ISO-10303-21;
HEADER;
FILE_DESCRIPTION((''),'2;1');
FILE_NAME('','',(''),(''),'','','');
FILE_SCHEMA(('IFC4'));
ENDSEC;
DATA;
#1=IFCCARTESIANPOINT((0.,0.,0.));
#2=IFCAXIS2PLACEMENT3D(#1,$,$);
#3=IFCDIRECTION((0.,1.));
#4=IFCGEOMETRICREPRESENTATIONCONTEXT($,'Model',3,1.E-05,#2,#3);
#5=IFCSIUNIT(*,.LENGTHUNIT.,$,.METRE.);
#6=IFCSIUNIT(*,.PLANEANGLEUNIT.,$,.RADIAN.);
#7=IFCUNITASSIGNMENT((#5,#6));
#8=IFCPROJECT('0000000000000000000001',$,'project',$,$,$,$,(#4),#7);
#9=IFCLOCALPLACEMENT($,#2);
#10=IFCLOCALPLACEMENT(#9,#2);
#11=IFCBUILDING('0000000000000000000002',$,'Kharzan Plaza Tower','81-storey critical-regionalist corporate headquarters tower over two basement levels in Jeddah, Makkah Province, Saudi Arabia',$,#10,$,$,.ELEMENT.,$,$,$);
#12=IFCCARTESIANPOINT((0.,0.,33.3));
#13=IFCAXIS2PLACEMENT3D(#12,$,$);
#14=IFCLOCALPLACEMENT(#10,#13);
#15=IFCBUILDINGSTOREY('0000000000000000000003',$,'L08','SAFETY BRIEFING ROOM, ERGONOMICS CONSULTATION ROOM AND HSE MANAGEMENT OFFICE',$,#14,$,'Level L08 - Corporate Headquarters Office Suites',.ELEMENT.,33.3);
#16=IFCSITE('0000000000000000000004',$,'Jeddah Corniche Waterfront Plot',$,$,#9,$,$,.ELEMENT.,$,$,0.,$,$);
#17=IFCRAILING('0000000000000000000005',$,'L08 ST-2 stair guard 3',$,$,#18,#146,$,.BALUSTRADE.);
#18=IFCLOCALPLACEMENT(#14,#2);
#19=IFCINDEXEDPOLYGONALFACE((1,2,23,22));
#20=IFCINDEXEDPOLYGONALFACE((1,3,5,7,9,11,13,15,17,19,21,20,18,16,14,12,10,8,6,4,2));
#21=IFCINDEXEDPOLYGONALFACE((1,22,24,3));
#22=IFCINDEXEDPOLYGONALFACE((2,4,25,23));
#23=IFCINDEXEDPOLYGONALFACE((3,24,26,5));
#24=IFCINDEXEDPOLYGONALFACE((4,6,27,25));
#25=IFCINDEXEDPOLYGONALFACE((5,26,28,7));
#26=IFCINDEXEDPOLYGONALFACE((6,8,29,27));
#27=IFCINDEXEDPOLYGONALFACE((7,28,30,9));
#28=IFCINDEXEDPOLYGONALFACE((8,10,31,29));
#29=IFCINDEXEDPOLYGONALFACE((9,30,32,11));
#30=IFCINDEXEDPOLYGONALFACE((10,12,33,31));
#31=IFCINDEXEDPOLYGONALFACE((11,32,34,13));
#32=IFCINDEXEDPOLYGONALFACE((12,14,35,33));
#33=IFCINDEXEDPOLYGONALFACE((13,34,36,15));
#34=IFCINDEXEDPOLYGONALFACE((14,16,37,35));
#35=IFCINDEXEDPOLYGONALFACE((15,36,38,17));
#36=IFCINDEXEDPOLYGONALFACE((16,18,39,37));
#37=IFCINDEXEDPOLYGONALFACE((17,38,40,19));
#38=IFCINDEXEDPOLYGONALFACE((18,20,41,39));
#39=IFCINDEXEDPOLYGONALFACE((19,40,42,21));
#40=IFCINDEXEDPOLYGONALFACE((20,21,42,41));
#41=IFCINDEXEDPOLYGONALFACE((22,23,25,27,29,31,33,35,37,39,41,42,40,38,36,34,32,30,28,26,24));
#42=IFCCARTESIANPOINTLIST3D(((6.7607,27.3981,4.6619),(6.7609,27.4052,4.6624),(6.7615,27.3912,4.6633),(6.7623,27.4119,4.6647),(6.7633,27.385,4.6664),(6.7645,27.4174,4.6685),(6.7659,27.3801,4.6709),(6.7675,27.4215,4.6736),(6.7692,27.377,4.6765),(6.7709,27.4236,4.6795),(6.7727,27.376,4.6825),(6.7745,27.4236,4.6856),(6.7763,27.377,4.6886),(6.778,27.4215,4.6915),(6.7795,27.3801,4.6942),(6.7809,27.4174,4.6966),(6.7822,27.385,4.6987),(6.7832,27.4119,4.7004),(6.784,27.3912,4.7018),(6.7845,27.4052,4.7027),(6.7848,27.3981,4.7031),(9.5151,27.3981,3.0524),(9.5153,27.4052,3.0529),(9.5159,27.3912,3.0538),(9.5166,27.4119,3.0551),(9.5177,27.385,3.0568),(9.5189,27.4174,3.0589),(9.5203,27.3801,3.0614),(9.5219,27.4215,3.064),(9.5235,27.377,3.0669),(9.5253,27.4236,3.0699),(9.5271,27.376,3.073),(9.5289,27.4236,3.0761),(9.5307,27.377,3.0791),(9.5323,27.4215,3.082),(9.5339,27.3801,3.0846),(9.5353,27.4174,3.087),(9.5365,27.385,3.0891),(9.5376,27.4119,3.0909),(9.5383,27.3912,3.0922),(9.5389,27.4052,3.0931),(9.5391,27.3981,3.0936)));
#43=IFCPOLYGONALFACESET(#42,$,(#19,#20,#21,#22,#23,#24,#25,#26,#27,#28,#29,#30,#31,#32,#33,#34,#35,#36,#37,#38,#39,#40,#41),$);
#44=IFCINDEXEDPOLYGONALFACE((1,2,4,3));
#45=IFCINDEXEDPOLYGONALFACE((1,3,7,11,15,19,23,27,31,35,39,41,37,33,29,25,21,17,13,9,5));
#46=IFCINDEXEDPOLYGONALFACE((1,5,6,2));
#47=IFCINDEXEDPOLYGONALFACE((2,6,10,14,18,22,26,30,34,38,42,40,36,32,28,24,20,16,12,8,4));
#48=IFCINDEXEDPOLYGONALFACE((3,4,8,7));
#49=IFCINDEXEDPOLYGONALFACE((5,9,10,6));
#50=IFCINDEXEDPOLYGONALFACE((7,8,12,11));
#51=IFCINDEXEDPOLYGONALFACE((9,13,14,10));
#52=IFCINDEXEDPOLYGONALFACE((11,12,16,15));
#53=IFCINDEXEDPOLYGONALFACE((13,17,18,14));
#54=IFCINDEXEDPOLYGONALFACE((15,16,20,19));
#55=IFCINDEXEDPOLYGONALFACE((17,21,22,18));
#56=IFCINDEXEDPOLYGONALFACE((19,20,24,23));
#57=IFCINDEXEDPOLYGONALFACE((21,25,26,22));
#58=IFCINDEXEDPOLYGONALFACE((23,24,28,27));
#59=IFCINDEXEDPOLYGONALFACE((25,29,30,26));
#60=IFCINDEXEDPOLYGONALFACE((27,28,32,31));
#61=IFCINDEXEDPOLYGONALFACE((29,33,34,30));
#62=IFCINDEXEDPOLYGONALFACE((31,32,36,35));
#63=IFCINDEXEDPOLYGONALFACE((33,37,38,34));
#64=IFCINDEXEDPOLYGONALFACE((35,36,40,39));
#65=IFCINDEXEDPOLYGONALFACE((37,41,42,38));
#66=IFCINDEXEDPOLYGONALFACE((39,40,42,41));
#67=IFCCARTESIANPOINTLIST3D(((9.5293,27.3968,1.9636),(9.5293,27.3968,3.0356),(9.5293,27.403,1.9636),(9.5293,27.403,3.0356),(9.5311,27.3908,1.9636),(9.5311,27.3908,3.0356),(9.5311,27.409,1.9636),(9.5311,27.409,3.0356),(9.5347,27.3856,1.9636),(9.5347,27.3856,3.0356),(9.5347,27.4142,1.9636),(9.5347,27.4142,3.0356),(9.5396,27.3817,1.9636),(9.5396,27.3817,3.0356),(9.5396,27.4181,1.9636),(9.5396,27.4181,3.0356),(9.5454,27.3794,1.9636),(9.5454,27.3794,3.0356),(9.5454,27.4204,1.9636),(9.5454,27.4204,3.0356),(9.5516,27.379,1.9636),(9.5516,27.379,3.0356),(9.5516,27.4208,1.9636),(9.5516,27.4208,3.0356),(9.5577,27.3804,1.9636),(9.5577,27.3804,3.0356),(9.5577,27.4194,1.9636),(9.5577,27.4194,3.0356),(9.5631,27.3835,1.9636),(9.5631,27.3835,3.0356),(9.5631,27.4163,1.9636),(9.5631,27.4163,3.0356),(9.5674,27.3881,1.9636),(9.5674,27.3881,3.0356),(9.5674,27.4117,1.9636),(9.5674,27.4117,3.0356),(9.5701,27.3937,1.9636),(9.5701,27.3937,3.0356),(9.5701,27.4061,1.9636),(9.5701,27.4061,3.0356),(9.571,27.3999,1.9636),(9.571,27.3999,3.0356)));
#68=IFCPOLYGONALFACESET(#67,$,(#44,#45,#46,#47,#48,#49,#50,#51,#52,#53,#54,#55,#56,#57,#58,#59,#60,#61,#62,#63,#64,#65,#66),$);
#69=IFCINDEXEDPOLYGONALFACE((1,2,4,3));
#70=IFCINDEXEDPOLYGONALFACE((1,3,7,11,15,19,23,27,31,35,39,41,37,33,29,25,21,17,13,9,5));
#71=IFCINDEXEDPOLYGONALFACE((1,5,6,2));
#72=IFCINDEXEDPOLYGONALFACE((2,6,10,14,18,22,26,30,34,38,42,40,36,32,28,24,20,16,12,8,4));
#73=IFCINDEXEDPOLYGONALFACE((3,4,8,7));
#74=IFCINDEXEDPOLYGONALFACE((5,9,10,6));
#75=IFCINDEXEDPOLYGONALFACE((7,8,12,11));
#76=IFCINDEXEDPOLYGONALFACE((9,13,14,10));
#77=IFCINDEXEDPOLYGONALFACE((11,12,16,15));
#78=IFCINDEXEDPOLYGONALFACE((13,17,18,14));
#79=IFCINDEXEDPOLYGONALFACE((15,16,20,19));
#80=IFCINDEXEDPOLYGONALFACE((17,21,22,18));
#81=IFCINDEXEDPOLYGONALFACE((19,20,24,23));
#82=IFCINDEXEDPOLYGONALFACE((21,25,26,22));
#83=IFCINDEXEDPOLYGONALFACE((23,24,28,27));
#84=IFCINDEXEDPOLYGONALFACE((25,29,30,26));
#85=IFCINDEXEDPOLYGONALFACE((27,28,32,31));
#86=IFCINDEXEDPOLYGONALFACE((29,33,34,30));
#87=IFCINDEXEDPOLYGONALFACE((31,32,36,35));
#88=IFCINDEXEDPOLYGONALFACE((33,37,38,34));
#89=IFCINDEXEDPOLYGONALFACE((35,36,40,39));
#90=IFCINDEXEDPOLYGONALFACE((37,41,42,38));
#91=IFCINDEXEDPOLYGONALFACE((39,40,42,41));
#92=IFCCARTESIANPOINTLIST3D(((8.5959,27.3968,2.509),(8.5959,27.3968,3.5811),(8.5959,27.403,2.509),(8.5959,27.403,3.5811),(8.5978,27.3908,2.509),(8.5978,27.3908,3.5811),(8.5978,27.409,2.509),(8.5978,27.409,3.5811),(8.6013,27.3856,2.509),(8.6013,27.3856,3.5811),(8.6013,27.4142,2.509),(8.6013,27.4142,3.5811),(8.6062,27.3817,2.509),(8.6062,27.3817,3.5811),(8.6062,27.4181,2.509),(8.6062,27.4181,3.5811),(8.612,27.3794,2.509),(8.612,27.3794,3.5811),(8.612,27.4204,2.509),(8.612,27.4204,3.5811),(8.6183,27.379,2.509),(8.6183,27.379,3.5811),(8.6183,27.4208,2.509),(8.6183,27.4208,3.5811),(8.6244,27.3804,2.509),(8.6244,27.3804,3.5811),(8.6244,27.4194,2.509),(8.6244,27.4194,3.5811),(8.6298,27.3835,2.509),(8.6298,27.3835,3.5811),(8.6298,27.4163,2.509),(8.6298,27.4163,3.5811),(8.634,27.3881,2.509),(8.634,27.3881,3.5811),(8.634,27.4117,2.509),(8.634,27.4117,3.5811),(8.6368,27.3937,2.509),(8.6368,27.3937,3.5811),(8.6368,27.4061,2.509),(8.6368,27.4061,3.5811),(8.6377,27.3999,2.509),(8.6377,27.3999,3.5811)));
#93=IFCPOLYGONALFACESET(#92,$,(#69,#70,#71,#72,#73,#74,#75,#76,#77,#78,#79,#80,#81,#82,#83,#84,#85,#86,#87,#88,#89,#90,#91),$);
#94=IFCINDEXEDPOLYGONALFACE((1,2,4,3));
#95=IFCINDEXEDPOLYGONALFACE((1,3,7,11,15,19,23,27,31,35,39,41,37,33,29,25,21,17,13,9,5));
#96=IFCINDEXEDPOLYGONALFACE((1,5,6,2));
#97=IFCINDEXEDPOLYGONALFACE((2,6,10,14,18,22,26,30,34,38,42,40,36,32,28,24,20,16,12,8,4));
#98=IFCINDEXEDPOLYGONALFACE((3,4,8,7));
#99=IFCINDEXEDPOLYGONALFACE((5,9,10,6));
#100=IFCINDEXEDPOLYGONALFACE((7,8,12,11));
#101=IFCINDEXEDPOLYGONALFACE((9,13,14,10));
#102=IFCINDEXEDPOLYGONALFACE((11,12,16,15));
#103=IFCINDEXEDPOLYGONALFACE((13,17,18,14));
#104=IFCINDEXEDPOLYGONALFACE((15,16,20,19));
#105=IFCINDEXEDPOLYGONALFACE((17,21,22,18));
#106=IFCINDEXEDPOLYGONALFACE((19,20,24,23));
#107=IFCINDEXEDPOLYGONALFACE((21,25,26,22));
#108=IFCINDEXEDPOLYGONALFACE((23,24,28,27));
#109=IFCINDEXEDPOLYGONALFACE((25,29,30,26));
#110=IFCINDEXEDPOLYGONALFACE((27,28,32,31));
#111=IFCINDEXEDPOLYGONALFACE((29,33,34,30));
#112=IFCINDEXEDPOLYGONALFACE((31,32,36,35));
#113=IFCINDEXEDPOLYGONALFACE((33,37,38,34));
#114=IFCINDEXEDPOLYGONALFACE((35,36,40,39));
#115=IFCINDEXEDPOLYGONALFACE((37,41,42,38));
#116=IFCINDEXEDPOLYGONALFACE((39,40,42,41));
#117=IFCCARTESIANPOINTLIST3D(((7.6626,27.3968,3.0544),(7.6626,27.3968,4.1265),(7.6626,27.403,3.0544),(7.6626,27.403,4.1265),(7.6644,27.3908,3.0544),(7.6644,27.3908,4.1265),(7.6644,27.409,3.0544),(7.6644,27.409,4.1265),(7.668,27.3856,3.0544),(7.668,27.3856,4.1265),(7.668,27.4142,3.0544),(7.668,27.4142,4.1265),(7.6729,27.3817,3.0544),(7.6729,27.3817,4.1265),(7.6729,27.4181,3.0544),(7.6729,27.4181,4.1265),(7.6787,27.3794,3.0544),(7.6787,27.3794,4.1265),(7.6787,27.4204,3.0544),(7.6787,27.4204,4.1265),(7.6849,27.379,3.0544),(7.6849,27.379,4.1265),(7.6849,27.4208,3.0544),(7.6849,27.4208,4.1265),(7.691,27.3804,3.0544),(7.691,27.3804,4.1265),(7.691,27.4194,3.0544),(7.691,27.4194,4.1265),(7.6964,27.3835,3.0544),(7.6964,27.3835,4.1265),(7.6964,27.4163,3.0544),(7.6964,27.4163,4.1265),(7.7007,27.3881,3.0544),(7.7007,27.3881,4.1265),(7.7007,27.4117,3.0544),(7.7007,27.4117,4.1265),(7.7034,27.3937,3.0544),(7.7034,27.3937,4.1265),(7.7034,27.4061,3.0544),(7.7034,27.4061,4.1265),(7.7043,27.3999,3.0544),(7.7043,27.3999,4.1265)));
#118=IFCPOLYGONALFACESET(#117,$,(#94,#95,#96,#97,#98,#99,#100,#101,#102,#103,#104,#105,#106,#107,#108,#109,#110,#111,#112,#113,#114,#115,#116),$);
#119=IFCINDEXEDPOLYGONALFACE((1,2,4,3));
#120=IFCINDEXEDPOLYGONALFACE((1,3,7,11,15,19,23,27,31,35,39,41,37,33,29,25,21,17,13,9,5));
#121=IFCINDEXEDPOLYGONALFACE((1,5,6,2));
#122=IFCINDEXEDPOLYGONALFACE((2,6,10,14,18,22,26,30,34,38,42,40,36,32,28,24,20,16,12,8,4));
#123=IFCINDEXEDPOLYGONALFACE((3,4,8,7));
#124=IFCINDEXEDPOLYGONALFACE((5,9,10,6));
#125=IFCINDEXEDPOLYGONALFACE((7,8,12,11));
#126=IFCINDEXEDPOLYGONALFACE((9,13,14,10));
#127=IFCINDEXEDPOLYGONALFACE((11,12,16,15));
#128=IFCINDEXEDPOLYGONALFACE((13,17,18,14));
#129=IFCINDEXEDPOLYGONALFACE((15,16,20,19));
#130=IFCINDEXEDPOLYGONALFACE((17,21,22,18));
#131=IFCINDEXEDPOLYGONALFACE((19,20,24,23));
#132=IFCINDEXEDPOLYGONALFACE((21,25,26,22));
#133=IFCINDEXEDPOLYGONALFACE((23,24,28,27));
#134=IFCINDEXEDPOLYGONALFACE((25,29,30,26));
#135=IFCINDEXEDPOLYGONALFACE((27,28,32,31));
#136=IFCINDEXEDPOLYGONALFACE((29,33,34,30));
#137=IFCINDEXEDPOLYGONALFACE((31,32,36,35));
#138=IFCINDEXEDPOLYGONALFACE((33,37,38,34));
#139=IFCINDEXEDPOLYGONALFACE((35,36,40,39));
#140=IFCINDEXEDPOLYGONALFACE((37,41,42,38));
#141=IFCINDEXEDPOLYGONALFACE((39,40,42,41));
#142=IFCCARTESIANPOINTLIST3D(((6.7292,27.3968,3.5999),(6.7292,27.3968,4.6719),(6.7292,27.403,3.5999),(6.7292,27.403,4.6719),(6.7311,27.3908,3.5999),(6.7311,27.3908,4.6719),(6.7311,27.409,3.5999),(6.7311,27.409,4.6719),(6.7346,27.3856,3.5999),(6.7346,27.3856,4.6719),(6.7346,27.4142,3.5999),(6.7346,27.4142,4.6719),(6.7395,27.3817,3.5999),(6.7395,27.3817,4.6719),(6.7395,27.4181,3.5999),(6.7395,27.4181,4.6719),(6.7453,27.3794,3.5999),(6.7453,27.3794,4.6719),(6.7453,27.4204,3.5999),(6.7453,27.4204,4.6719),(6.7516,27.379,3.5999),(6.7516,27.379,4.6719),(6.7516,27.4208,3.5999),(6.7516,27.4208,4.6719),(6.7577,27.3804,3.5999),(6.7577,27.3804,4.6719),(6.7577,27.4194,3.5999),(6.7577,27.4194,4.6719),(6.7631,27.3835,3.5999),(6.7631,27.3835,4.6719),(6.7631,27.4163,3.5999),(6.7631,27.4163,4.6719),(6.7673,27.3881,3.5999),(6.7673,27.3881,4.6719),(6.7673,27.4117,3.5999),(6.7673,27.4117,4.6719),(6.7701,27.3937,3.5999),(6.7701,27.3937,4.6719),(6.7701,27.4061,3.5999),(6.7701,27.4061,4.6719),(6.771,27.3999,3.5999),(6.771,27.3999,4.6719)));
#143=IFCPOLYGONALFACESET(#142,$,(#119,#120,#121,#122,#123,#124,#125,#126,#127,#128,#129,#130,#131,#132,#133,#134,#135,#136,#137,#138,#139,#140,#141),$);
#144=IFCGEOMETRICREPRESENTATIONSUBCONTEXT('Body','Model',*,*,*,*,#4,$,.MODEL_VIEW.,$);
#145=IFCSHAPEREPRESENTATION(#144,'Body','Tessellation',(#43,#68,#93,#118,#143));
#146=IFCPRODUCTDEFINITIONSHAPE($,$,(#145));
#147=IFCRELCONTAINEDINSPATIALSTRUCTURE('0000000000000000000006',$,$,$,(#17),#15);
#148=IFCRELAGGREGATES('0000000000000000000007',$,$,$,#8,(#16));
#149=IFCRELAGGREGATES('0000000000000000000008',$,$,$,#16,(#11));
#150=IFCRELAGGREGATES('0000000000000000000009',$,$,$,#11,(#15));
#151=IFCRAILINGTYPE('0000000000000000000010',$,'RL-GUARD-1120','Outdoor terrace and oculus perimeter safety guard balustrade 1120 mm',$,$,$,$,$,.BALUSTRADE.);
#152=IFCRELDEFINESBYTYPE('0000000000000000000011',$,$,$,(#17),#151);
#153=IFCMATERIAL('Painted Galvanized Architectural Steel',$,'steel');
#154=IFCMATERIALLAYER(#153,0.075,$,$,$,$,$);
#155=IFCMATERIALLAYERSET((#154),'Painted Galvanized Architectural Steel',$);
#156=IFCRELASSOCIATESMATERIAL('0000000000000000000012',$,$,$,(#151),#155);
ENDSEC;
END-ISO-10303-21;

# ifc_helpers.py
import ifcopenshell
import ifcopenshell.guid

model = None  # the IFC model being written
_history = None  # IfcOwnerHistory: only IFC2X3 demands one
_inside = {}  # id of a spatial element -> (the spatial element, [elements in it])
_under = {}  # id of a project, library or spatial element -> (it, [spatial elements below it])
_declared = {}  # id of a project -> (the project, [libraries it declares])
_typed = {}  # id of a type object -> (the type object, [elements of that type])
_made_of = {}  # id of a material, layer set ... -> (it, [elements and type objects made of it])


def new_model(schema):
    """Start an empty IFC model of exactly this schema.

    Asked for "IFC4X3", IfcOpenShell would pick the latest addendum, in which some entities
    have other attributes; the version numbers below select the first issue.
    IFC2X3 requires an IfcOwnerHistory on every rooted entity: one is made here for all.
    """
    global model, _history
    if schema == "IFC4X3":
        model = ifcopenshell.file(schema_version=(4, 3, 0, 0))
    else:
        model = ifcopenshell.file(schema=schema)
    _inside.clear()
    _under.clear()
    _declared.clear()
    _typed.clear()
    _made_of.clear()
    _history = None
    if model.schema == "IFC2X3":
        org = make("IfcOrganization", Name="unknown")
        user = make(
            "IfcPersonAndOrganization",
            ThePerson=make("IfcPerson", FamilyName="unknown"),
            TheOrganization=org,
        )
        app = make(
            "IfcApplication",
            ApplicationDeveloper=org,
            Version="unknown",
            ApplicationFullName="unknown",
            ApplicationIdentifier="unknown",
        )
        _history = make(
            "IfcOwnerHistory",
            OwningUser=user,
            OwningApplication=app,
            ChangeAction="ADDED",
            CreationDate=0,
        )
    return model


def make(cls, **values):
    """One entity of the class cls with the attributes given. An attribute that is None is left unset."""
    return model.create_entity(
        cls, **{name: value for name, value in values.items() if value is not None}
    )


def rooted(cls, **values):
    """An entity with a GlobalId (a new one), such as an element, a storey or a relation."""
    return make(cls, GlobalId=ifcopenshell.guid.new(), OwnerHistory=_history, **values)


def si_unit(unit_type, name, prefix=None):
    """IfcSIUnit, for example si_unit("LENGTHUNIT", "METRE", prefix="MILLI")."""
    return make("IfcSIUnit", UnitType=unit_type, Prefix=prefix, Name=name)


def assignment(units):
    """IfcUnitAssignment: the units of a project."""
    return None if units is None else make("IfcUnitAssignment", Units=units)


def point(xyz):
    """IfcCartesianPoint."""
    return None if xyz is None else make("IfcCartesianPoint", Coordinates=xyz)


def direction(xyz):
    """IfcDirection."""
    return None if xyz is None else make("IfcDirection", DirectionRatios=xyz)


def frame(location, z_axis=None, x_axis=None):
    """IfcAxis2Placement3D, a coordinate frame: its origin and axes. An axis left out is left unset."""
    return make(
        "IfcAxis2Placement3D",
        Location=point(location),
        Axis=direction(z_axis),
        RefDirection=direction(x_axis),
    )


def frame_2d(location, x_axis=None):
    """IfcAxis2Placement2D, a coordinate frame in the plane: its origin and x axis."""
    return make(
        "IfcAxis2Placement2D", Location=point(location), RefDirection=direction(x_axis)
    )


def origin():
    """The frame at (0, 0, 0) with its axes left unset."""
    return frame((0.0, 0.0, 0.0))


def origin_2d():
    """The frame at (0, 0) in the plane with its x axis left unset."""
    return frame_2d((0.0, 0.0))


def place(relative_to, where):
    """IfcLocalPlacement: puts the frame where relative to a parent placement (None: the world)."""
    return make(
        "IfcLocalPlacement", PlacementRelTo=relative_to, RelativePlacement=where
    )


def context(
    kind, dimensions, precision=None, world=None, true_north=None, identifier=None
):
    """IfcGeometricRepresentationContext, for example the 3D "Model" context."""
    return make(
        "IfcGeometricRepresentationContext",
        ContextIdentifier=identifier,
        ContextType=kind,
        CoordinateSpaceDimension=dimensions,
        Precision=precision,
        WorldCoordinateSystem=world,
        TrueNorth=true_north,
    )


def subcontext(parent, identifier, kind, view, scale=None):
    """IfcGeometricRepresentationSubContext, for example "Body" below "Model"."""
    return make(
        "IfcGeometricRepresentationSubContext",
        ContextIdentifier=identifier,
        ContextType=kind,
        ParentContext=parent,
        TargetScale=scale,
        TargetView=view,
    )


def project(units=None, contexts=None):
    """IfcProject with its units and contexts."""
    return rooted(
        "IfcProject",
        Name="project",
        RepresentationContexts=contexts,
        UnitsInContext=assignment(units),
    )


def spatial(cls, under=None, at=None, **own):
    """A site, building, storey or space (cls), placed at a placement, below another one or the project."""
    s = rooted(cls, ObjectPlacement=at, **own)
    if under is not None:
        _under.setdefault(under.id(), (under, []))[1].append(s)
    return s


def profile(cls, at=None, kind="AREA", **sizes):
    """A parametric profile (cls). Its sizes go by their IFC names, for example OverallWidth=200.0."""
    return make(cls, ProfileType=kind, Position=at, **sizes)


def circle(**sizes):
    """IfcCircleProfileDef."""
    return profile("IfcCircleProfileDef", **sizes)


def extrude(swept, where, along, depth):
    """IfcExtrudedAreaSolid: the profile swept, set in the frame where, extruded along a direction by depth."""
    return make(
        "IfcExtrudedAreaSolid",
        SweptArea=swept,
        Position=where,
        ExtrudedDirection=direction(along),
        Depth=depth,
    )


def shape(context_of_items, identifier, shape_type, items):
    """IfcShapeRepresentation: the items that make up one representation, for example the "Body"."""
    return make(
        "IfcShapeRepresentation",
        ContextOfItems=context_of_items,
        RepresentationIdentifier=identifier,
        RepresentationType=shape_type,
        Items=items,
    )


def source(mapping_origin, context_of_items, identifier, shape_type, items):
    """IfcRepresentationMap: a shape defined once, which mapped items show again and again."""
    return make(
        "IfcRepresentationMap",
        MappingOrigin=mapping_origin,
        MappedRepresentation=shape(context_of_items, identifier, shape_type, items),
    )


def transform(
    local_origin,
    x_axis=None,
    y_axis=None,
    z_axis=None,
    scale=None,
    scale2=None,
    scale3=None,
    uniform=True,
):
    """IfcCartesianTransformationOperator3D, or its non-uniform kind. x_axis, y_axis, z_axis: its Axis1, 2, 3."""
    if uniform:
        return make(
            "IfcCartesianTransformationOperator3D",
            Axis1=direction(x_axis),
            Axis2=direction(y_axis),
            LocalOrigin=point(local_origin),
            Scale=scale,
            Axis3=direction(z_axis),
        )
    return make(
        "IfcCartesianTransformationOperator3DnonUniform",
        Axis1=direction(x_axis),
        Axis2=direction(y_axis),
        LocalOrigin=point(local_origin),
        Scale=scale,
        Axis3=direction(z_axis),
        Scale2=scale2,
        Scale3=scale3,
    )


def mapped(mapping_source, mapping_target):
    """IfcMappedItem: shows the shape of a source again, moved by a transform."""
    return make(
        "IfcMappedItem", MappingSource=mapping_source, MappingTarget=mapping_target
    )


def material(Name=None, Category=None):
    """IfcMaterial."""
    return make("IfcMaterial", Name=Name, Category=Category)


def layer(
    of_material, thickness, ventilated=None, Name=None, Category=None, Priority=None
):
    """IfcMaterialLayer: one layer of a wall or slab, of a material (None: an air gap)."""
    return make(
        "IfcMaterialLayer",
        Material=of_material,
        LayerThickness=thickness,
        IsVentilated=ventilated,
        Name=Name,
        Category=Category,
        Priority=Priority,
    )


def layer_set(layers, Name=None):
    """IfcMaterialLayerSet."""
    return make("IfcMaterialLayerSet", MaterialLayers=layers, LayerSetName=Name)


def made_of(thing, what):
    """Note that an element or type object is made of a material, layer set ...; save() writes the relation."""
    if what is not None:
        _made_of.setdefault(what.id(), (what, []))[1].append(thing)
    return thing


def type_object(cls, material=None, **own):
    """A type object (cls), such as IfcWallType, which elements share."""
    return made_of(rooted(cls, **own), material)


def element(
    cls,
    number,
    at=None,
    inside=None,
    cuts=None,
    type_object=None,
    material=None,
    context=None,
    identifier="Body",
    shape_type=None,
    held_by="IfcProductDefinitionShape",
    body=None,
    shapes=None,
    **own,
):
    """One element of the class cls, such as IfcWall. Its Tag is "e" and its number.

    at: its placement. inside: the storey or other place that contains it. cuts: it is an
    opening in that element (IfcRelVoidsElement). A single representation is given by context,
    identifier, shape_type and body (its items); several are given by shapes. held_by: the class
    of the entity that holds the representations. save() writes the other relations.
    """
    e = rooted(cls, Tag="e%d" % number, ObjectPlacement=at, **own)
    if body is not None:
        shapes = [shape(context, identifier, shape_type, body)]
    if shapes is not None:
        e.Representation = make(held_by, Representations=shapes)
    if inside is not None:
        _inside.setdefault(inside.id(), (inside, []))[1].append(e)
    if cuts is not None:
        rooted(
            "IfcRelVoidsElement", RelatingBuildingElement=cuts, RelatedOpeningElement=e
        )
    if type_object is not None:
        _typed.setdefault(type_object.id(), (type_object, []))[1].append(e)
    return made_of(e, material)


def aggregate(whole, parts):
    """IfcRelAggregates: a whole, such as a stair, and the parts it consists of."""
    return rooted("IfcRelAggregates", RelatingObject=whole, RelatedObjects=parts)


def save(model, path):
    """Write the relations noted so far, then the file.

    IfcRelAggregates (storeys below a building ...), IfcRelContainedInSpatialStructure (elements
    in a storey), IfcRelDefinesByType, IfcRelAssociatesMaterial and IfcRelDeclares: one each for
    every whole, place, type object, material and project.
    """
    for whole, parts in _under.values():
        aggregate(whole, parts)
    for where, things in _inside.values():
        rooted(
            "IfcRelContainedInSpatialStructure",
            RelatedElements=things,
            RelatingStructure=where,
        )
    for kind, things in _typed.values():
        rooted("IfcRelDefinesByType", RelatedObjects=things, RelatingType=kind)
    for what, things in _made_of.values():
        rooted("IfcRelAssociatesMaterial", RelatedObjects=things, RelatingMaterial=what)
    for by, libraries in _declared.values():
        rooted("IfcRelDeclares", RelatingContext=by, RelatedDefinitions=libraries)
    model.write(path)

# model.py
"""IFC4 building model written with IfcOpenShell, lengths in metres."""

from ifc_helpers import new_model, si_unit, direction, frame, origin, origin_2d, place, context, subcontext, project, spatial, circle, extrude, source, transform, mapped, material, layer, layer_set, type_object, element, save


model = new_model("IFC4")

# Units and contexts
model_context = context("Model", 3, precision=1e-05, world=origin(), true_north=direction((0.0, 1.0)))
body_context = subcontext(model_context, "Body", "Model", "MODEL_VIEW")
ifc_project = project(units=[si_unit("LENGTHUNIT", "METRE"), si_unit("PLANEANGLEUNIT", "RADIAN")], contexts=[model_context])

# Site, building, storey
site_placement = place(None, origin())
site = spatial("IfcSite", under=ifc_project, at=site_placement, Name="Jeddah Corniche Waterfront Plot", CompositionType="ELEMENT", RefElevation=0.0)
building_placement = place(site_placement, origin())
building = spatial("IfcBuilding", under=site, at=building_placement, Name="Kharzan Plaza Tower", Description="81-storey critical-regionalist corporate headquarters tower over two basement levels in Jeddah, Makkah Province, Saudi Arabia", CompositionType="ELEMENT")
storey_placement = place(building_placement, frame((0.0, 0.0, 33.3)))
storey = spatial("IfcBuildingStorey", under=building, at=storey_placement, Name="L08", Description="SAFETY BRIEFING ROOM, ERGONOMICS CONSULTATION ROOM AND HSE MANAGEMENT OFFICE", LongName="Level L08 - Corporate Headquarters Office Suites", CompositionType="ELEMENT", Elevation=33.3)

# Railing
ifc_material_1 = material(Name="Painted Galvanized Architectural Steel", Category="steel")
ifc_layer_1 = layer(ifc_material_1, 0.075)
ifc_layer_set_1 = layer_set([ifc_layer_1], Name="Painted Galvanized Architectural Steel")
railing_type_1 = type_object("IfcRailingType", Name="RL-GUARD-1120", Description="Outdoor terrace and oculus perimeter safety guard balustrade 1120 mm", PredefinedType="BALUSTRADE", material=ifc_layer_set_1)
shared_shape_1 = source(origin(), body_context, "Body", "SweptSolid", [
    extrude(circle(Radius=0.0239, at=origin_2d()), frame((-0.0229, 0.0, 1.1094), z_axis=(-0.863394, 0.0, 0.504531), x_axis=(0.0, -1.0, 0.0)), (0.0, 0.0, 1.0), 3.1902),
    extrude(circle(Radius=0.021, at=origin_2d()), origin(), (0.0, 0.0, 1.0), 1.072),
    extrude(circle(Radius=0.021, at=origin_2d()), frame((-0.9333, 0.0, 0.5454)), (0.0, 0.0, 1.0), 1.072),
    extrude(circle(Radius=0.021, at=origin_2d()), frame((-1.8667, 0.0, 1.0908)), (0.0, 0.0, 1.0), 1.072),
    extrude(circle(Radius=0.021, at=origin_2d()), frame((-2.8, 0.0, 1.6362)), (0.0, 0.0, 1.0), 1.072),
])
railing_1_placement = place(storey_placement, frame((9.55, 27.3999, 1.9636)))
element("IfcRailing", 1, at=railing_1_placement, inside=storey, type_object=railing_type_1, Name="L08 ST-2 stair guard 3", PredefinedType="BALUSTRADE", context=body_context, shape_type="MappedRepresentation", body=[
    mapped(shared_shape_1, transform((0.0, 0.0, 0.0), x_axis=(1.0, 0.0, 0.0), y_axis=(0.0, 1.0, 0.0), z_axis=(0.0, 0.0, 1.0))),
])

save(model, "model.ifc")
